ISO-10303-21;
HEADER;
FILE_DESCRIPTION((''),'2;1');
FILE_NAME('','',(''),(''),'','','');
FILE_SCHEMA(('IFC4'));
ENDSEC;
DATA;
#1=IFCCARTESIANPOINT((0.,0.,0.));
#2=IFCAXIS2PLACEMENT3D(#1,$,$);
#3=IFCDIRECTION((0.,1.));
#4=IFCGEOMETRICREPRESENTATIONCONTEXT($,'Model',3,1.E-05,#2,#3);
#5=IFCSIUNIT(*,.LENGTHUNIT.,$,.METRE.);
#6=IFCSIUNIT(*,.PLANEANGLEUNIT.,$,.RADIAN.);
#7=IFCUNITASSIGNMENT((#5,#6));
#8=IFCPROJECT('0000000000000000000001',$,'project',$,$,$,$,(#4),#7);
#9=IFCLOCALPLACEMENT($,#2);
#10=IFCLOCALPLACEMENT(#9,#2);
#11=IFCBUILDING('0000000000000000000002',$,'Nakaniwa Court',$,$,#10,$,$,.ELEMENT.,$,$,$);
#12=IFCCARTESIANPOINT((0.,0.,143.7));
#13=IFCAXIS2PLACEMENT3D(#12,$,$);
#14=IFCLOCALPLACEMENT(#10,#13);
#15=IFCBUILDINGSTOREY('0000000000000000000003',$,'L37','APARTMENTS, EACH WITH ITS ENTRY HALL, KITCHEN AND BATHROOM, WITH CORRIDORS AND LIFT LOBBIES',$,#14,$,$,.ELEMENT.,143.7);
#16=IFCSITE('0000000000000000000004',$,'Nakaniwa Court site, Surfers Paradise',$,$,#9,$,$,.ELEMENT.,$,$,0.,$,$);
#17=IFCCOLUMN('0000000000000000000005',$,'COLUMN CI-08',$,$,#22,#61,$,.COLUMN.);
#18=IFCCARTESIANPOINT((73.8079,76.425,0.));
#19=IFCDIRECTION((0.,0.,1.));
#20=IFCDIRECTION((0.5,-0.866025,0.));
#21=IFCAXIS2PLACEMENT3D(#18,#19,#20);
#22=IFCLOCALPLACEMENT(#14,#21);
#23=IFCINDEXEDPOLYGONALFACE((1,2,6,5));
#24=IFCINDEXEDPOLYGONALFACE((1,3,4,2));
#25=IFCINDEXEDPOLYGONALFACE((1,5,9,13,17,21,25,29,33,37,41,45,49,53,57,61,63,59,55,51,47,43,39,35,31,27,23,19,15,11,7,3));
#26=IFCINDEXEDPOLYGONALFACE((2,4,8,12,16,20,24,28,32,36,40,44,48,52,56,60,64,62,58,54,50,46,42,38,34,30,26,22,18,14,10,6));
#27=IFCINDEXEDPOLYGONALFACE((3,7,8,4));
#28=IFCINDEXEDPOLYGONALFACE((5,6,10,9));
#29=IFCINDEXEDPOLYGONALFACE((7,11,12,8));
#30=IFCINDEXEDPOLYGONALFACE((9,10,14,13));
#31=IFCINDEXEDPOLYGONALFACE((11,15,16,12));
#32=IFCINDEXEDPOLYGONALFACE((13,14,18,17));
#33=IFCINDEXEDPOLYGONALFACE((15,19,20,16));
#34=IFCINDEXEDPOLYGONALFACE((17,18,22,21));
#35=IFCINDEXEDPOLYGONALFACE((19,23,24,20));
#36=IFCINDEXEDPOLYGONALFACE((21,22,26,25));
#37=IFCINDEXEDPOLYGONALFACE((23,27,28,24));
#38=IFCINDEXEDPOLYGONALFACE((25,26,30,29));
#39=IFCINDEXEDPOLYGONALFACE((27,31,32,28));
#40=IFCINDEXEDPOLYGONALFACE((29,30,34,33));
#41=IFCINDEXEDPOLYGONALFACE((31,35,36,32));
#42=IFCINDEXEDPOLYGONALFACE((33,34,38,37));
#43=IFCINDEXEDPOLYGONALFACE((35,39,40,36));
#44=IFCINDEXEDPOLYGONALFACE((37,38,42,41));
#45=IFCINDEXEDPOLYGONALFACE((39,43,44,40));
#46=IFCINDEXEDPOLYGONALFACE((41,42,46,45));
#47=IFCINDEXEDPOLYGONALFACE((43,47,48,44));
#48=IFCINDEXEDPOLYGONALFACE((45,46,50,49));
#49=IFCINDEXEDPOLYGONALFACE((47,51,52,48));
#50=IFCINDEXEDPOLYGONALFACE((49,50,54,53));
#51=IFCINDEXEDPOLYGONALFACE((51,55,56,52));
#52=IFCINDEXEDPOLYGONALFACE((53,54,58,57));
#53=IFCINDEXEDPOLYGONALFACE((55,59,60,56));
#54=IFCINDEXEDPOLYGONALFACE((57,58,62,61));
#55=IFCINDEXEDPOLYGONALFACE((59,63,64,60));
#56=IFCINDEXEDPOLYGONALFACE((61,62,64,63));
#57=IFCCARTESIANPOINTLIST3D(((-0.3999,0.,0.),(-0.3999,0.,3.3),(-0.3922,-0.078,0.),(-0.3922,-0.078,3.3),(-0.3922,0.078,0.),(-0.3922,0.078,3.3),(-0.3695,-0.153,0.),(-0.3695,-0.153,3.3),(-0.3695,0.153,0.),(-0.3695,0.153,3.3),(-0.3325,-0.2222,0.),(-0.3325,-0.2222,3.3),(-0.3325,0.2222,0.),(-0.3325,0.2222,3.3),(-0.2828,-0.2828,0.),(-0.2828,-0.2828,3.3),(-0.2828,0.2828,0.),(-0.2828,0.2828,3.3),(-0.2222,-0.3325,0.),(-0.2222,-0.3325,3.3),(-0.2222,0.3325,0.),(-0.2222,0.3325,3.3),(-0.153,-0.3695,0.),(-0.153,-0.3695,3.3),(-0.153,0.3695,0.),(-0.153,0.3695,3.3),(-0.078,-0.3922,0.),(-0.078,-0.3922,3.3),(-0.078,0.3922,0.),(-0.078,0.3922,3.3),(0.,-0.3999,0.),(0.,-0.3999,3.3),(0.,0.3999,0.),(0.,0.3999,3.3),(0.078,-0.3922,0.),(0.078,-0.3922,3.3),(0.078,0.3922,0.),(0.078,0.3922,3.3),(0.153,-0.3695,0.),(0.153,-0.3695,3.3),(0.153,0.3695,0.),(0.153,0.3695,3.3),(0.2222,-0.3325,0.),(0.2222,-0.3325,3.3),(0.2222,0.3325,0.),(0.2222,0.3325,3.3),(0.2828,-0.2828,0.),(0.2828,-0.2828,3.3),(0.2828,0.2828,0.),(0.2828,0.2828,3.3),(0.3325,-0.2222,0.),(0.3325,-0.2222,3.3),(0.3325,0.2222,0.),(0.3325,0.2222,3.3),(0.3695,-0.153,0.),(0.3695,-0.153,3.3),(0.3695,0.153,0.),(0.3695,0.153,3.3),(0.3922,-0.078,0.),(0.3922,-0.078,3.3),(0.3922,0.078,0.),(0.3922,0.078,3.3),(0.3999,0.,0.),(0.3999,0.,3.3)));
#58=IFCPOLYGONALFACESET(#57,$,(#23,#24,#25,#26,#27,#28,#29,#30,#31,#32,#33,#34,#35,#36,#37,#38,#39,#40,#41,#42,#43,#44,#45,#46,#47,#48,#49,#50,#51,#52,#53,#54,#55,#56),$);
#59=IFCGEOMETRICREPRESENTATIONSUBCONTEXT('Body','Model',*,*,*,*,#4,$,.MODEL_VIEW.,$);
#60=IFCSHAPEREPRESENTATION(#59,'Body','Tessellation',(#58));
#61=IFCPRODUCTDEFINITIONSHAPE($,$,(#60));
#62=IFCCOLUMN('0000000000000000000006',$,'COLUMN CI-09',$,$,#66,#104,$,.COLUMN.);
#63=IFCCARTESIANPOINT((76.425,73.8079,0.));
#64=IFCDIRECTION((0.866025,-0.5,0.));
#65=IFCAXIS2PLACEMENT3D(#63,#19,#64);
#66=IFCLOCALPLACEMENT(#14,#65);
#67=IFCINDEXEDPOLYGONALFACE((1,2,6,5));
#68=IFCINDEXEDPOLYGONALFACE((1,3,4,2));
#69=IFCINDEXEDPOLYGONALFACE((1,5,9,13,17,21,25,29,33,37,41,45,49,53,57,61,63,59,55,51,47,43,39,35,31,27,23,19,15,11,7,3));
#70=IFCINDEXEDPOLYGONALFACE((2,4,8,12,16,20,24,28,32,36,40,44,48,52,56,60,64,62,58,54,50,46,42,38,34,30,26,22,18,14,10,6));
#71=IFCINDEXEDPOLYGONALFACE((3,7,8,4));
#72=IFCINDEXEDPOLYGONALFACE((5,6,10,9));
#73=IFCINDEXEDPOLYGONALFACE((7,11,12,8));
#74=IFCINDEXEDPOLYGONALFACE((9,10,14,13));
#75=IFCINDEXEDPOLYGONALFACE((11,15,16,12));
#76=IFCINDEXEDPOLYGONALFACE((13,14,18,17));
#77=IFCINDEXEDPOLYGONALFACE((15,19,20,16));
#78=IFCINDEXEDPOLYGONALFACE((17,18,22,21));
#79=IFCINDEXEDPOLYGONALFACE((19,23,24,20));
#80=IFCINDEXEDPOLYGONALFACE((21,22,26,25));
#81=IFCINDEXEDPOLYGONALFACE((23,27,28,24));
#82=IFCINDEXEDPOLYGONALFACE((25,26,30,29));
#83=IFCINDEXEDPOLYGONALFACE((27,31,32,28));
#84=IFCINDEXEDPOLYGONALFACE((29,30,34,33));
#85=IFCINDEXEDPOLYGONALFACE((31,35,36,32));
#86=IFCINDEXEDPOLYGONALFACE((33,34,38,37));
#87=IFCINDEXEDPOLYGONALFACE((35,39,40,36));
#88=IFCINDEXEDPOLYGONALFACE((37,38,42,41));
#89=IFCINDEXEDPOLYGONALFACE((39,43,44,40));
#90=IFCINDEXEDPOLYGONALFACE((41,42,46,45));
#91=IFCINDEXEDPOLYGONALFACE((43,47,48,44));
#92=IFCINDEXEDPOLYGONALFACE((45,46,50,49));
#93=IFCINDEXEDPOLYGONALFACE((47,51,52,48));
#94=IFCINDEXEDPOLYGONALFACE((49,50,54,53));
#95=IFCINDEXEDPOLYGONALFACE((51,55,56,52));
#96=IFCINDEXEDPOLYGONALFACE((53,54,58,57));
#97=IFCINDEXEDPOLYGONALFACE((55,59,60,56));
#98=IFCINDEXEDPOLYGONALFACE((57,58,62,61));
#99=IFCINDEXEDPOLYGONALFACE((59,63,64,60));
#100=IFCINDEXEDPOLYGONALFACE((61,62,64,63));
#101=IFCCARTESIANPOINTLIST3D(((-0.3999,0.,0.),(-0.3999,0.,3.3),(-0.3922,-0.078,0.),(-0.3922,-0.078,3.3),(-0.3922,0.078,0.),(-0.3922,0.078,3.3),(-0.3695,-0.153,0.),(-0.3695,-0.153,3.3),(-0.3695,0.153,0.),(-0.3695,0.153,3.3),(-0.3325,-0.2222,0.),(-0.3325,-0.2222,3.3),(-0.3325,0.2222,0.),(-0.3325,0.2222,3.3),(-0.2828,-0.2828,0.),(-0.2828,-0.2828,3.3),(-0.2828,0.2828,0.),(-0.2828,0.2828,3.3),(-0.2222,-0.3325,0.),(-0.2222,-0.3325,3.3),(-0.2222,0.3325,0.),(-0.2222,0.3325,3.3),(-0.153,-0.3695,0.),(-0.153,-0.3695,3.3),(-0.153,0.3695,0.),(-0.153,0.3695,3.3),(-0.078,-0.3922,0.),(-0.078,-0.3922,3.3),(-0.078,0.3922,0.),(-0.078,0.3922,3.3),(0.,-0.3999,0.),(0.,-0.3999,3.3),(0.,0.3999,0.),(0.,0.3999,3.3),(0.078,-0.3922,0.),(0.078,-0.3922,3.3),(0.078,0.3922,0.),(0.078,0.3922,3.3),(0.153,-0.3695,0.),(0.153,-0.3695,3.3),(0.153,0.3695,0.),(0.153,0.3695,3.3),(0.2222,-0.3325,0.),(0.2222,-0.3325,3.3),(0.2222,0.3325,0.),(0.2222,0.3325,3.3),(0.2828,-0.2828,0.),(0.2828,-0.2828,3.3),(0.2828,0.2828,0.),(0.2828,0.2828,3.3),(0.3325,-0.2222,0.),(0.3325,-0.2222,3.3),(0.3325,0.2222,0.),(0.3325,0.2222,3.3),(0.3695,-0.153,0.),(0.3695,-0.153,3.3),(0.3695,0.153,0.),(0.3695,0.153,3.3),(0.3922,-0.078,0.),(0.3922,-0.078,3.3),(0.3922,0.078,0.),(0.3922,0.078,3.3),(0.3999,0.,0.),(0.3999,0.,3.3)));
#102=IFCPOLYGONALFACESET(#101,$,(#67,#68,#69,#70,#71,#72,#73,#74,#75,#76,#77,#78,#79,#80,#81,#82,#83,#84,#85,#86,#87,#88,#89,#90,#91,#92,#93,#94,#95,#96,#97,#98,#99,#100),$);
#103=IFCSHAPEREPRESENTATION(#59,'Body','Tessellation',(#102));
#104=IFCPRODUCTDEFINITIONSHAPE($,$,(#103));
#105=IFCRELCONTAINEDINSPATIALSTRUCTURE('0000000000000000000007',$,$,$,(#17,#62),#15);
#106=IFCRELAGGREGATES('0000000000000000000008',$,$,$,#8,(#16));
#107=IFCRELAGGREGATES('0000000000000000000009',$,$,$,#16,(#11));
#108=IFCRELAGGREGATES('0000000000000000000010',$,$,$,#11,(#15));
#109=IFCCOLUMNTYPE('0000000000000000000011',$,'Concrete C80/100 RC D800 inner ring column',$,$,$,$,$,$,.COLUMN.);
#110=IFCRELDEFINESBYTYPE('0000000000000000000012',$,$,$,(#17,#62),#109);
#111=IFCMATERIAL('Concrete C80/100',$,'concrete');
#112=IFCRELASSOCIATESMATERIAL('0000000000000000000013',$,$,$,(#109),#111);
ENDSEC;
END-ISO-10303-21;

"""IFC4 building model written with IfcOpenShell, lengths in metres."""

from ifc_helpers import new_model, si_unit, direction, frame, origin, origin_2d, place, context, subcontext, project, spatial, circle, extrude, material, material_profile, profile_set, type_object, element, save


model = new_model("IFC4")

# Units and contexts
model_context = context("Model", 3, precision=1e-05, world=origin(), true_north=direction((0.0, 1.0)))
body_context = subcontext(model_context, "Body", "Model", "MODEL_VIEW")
ifc_project = project(units=[si_unit("LENGTHUNIT", "METRE"), si_unit("PLANEANGLEUNIT", "RADIAN")], contexts=[model_context])

# Site, building, storey
site_placement = place(None, origin())
site = spatial("IfcSite", under=ifc_project, at=site_placement, Name="Nakaniwa Court site, Surfers Paradise", CompositionType="ELEMENT", RefElevation=0.0)
building_placement = place(site_placement, origin())
building = spatial("IfcBuilding", under=site, at=building_placement, Name="Nakaniwa Court", CompositionType="ELEMENT")
storey_placement = place(building_placement, frame((0.0, 0.0, 143.7)))
storey = spatial("IfcBuildingStorey", under=building, at=storey_placement, Name="L37", Description="APARTMENTS, EACH WITH ITS ENTRY HALL, KITCHEN AND BATHROOM, WITH CORRIDORS AND LIFT LOBBIES", CompositionType="ELEMENT", Elevation=143.7)

# Columns
ifc_material_1 = material(Name="Concrete C80/100", Category="concrete")
ifc_material_profile_1 = material_profile(ifc_material_1, circle(Radius=0.3999, at=origin_2d()), Name="Concrete C80/100 RC D800 inner ring column")
ifc_profile_set_1 = profile_set([ifc_material_profile_1], Name="Concrete C80/100")
column_type_1 = type_object("IfcColumnType", Name="Concrete C80/100 RC D800 inner ring column", PredefinedType="COLUMN", material=ifc_profile_set_1)
for number, where, z_axis, x_axis, name in (
    (1, (73.8079, 76.425, 0.0), (0.0, 0.0, 1.0), (0.5, -0.866025, 0.0), "COLUMN CI-08"),
    (2, (76.425, 73.8079, 0.0), (0.0, 0.0, 1.0), (0.866025, -0.5, 0.0), "COLUMN CI-09"),
):
    element("IfcColumn", number, at=place(storey_placement, frame(where, z_axis=z_axis, x_axis=x_axis)), inside=storey, type_object=column_type_1, Name=name, PredefinedType="COLUMN", context=body_context, shape_type="SweptSolid", body=[
        extrude(circle(Radius=0.3999, at=origin_2d()), origin(), (0.0, 0.0, 1.0), 3.3),
    ])

save(model, "model.ifc")
